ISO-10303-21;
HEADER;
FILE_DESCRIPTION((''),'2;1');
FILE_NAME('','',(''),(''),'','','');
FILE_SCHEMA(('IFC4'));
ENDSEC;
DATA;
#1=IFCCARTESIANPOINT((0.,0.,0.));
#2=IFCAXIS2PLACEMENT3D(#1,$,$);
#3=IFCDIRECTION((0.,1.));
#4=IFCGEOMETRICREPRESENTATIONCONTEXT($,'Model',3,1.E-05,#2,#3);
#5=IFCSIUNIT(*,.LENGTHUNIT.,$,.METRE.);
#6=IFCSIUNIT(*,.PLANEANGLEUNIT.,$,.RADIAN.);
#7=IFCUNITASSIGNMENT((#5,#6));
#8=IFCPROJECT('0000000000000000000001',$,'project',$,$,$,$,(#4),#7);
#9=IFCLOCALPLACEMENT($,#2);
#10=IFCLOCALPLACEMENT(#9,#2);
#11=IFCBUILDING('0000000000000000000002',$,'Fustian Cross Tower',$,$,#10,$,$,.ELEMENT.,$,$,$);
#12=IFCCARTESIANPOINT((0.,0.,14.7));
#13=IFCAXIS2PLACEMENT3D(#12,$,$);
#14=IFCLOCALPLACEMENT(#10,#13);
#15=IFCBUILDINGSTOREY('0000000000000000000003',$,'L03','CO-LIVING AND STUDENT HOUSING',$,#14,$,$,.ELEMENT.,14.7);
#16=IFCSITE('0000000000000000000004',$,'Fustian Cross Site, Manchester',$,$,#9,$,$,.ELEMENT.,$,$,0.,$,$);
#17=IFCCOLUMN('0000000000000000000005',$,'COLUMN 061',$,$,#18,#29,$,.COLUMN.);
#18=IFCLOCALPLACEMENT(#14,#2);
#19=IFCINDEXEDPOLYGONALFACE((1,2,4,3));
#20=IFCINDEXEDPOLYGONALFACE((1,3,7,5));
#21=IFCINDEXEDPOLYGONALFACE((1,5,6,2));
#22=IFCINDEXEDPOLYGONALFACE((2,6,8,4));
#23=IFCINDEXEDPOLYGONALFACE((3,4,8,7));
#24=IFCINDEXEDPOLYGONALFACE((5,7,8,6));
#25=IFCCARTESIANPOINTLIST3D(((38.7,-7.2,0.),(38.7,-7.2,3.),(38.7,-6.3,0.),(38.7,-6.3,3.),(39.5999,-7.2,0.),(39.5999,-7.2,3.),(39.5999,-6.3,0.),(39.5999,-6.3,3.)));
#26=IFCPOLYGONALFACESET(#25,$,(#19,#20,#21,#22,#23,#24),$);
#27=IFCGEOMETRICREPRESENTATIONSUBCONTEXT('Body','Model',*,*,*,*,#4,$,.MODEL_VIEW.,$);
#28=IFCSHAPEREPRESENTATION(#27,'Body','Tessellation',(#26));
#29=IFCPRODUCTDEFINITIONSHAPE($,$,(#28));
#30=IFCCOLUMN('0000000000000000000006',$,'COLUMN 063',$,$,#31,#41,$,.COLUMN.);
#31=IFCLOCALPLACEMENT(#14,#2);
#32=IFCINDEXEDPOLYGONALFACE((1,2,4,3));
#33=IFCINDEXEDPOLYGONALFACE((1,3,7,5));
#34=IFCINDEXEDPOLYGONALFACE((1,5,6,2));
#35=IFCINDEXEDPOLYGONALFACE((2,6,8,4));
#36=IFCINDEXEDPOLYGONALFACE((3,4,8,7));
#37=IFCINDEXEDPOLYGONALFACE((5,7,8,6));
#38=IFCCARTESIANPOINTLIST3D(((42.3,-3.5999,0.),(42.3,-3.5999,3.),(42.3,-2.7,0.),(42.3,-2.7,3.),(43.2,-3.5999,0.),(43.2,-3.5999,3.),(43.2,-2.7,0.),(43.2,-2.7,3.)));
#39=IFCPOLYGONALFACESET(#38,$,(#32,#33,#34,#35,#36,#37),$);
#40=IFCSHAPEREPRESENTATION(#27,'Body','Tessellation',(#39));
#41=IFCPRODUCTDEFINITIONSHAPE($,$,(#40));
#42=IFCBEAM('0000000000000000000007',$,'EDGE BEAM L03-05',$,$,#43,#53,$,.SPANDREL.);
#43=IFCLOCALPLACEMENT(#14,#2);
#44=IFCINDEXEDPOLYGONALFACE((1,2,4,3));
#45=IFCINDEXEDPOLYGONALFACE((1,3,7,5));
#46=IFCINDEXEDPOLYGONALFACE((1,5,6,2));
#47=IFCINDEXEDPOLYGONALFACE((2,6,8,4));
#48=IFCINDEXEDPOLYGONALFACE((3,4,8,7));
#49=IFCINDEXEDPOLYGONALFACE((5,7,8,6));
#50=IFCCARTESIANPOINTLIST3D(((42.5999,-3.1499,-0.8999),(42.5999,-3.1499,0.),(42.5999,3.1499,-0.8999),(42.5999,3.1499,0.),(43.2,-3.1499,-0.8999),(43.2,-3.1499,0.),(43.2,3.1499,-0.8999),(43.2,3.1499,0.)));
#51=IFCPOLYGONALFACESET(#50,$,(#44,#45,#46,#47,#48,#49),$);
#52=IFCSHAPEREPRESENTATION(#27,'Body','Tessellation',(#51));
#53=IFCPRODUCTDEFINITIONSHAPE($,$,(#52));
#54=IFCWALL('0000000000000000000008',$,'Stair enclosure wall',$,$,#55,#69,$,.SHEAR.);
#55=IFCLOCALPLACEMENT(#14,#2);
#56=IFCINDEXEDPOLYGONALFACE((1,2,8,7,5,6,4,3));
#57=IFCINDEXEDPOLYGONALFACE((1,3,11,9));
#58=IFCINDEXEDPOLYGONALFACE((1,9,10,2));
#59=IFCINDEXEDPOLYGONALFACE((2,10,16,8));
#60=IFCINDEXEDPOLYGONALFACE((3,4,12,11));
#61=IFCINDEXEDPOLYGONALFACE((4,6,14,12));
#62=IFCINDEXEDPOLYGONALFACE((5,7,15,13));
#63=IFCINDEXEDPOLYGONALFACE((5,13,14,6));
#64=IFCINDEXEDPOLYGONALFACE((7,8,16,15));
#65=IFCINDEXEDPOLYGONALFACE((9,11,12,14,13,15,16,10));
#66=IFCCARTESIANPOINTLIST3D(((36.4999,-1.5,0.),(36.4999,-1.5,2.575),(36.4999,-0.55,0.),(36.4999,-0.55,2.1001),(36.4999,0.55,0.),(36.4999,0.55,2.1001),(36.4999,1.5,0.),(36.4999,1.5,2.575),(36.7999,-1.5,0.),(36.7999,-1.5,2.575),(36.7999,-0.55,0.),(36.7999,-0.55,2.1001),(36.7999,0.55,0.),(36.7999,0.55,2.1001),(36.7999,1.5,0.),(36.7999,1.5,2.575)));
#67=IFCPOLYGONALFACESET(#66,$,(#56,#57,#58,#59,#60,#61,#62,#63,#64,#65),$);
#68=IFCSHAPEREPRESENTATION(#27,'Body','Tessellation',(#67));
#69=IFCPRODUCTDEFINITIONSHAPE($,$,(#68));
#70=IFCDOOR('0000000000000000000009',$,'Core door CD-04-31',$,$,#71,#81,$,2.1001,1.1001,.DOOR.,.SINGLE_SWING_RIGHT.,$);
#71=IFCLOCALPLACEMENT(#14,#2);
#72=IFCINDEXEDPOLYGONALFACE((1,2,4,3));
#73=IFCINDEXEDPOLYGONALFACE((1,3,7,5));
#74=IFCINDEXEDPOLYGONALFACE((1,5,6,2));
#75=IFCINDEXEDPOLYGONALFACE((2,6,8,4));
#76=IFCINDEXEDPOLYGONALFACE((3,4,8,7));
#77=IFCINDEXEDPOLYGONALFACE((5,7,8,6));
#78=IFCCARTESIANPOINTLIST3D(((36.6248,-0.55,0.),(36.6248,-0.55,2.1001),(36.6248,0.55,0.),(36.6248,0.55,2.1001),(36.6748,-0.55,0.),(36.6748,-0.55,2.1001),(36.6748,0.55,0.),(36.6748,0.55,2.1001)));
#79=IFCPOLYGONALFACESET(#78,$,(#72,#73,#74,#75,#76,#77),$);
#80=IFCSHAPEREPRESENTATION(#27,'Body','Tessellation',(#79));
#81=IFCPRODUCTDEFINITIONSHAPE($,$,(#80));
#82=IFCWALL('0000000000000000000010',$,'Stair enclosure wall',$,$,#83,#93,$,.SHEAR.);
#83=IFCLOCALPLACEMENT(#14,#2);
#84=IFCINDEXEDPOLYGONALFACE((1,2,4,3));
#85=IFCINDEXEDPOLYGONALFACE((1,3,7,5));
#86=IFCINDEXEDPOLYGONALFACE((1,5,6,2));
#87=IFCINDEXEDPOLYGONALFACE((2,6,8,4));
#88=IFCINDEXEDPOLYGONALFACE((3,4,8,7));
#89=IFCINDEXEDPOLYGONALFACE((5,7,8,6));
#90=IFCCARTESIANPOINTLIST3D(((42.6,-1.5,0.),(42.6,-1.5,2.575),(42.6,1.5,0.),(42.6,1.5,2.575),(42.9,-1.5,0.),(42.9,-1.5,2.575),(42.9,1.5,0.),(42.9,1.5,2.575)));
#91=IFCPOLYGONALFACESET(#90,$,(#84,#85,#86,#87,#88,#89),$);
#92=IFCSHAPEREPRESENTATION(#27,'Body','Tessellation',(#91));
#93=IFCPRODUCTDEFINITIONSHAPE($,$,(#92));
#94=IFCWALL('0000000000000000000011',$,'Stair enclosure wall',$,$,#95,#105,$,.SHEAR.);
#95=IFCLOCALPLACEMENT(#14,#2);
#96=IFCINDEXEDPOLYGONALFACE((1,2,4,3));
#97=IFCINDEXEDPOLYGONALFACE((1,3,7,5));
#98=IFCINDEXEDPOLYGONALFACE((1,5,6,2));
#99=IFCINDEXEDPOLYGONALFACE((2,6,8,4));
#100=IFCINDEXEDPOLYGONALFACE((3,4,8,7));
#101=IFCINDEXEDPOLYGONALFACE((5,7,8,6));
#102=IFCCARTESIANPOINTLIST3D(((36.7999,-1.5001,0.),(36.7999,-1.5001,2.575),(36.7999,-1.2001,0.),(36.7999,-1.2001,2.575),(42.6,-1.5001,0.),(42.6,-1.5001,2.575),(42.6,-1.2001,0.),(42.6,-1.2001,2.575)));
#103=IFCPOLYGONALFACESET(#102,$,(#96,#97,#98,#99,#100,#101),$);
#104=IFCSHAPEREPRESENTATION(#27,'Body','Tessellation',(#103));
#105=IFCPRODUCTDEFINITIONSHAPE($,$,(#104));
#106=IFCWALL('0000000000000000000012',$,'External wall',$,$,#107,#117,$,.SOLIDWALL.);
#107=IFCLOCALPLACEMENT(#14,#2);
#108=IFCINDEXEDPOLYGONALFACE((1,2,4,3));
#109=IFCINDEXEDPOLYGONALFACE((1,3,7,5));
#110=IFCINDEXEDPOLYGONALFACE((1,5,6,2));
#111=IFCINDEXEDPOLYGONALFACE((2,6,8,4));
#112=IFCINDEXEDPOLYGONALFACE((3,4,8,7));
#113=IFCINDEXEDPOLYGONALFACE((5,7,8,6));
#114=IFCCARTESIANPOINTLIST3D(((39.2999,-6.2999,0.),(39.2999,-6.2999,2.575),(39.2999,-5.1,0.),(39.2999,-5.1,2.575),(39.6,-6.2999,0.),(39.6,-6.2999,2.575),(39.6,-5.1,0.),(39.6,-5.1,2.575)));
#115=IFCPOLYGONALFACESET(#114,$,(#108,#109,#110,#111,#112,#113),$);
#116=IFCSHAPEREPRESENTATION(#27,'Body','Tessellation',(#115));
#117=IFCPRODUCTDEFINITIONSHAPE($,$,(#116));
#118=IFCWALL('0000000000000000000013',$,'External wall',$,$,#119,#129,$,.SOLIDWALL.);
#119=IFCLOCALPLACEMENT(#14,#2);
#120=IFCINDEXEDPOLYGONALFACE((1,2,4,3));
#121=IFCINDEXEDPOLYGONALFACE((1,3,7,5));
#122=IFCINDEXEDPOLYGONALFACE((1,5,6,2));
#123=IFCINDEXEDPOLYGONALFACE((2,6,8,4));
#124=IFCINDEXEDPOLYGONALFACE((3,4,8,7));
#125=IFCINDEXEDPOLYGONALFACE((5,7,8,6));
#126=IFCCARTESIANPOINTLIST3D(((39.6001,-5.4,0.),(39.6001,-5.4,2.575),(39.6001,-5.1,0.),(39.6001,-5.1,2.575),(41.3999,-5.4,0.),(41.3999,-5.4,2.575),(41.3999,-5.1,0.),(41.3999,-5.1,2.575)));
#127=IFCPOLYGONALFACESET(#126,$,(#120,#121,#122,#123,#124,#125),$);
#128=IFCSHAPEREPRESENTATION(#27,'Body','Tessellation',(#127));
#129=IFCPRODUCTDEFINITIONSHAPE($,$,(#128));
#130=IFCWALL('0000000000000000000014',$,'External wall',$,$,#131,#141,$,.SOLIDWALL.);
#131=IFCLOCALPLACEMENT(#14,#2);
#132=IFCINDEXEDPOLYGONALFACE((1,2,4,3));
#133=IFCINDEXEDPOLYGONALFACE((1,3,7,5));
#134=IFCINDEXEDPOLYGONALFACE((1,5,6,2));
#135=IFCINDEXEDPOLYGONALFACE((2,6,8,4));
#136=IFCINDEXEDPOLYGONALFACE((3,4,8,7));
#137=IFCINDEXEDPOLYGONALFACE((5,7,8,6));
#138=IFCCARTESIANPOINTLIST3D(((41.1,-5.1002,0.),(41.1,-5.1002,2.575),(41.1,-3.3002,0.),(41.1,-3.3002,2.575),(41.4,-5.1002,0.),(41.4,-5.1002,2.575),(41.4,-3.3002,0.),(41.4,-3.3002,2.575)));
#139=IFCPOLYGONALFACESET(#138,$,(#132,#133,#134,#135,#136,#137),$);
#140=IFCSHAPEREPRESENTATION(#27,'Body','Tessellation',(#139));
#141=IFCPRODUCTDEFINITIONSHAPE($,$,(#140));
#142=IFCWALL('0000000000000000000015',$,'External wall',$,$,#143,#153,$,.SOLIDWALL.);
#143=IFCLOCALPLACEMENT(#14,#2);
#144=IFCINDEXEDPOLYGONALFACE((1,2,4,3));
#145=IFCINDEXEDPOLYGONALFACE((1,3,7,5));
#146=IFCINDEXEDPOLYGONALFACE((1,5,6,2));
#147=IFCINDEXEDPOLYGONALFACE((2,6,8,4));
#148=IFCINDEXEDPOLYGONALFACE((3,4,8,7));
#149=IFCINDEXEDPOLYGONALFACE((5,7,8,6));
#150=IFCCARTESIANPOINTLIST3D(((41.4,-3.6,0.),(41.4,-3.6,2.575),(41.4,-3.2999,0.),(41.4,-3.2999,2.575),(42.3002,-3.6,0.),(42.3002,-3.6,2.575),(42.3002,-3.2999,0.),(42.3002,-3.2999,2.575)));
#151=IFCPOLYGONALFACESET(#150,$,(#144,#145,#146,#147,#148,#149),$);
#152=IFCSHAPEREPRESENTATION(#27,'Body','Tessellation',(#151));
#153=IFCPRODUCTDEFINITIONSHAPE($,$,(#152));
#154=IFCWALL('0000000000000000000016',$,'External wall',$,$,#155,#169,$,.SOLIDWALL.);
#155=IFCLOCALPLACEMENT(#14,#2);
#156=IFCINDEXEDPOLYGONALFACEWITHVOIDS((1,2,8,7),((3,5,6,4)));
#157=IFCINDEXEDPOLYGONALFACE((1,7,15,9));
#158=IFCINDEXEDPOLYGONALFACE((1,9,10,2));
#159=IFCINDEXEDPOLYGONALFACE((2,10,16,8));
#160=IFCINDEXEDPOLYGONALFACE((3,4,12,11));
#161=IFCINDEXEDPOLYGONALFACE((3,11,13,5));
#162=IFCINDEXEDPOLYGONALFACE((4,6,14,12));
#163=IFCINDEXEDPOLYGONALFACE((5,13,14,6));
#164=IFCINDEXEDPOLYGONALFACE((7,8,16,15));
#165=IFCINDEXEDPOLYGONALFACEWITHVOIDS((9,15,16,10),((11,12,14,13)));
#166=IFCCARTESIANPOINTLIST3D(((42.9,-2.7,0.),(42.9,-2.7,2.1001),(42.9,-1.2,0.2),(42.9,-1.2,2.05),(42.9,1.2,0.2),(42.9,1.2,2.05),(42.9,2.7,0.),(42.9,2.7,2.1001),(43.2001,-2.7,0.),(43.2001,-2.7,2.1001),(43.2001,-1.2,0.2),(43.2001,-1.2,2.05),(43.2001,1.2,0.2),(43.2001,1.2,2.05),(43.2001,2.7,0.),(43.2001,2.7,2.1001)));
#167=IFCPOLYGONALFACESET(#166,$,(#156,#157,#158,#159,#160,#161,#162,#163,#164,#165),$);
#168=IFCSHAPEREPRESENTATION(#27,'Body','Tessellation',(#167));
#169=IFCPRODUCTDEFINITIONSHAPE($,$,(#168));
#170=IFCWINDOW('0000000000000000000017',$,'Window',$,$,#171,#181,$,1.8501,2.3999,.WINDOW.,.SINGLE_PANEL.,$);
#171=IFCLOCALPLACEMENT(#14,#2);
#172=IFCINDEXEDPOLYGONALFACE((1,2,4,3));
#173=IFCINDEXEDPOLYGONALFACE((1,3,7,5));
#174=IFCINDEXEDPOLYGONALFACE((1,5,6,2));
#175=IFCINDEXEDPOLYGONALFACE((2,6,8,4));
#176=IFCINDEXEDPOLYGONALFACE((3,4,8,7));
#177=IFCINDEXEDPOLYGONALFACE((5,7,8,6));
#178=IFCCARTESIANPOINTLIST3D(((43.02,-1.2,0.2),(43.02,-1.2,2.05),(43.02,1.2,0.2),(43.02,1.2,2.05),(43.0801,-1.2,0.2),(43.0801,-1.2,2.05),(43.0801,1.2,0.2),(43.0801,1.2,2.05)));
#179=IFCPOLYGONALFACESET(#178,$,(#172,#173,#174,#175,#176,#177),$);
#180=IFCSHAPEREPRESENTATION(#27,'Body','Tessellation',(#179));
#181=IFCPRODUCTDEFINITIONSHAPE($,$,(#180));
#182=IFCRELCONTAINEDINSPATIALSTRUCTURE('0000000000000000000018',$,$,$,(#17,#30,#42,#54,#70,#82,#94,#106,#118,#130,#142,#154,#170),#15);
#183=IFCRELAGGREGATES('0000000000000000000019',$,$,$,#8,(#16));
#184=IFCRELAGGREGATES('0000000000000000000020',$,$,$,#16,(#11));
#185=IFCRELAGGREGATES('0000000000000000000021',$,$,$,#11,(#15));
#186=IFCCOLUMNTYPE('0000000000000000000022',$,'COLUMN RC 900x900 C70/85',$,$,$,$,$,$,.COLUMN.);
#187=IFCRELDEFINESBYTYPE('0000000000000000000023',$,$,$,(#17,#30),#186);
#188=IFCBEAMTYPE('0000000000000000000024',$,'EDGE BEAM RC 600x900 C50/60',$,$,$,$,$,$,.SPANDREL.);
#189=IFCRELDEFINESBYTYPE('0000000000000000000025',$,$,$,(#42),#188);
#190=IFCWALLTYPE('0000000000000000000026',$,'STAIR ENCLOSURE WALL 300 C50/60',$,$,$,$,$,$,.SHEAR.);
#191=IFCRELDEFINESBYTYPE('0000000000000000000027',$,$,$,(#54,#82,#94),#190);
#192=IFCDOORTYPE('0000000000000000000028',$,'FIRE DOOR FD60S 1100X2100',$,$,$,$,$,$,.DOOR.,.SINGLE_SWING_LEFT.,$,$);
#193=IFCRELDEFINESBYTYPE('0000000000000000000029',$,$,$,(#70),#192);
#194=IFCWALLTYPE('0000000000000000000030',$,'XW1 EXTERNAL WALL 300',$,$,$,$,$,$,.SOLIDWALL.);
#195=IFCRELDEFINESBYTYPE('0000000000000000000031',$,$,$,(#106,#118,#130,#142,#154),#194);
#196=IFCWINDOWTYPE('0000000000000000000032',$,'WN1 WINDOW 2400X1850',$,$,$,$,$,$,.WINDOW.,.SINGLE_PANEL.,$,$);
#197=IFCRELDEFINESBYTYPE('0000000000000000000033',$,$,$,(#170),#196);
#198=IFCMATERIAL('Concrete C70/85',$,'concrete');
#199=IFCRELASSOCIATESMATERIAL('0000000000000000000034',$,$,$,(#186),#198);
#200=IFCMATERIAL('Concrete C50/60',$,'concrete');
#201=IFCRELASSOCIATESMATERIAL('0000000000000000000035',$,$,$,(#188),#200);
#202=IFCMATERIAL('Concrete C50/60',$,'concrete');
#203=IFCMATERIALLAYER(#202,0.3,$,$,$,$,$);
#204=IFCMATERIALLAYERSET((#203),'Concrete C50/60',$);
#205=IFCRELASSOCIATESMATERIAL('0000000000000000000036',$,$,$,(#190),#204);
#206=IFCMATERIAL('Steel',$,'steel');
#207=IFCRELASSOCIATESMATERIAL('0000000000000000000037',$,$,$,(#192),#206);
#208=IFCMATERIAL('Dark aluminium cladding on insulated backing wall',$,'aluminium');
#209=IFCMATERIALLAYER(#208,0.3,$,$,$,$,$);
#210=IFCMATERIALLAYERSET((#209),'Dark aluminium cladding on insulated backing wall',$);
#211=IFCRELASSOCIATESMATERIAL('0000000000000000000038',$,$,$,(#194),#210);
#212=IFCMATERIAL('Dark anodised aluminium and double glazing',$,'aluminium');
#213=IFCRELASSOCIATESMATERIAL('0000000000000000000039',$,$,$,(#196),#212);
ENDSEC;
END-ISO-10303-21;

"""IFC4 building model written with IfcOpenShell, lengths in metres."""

from ifc_helpers import new_model, si_unit, direction, frame, frame_2d, origin, origin_2d, place, context, subcontext, project, spatial, rectangle, extrude, material, layer, layer_set, material_profile, profile_set, type_object, element, fill, save


model = new_model("IFC4")

# Units and contexts
model_context = context("Model", 3, precision=1e-05, world=origin(), true_north=direction((0.0, 1.0)))
body_context = subcontext(model_context, "Body", "Model", "MODEL_VIEW")
ifc_project = project(units=[si_unit("LENGTHUNIT", "METRE"), si_unit("PLANEANGLEUNIT", "RADIAN")], contexts=[model_context])

# Site, building, storey
site_placement = place(None, origin())
site = spatial("IfcSite", under=ifc_project, at=site_placement, Name="Fustian Cross Site, Manchester", CompositionType="ELEMENT", RefElevation=0.0)
building_placement = place(site_placement, origin())
building = spatial("IfcBuilding", under=site, at=building_placement, Name="Fustian Cross Tower", CompositionType="ELEMENT")
storey_placement = place(building_placement, frame((0.0, 0.0, 14.7)))
storey = spatial("IfcBuildingStorey", under=building, at=storey_placement, Name="L03", Description="CO-LIVING AND STUDENT HOUSING", CompositionType="ELEMENT", Elevation=14.7)

# Columns
ifc_material_1 = material(Name="Concrete C70/85", Category="concrete")
ifc_material_profile_1 = material_profile(ifc_material_1, rectangle(XDim=0.8999, YDim=0.8999, at=origin_2d()), Name="RC 900x900")
ifc_profile_set_1 = profile_set([ifc_material_profile_1], Name="Concrete C70/85")
column_type = type_object("IfcColumnType", Name="COLUMN RC 900x900 C70/85", PredefinedType="COLUMN", material=ifc_profile_set_1)
for number, where, z_axis, x_axis, name in (
    (1, (39.1499, -6.75, 0.0), (0.0, 0.0, 1.0), (1.0, 0.0, 0.0), "COLUMN 061"),
    (2, (42.75, -3.1499, 0.0), (0.0, 0.0, 1.0), (1.0, 0.0, 0.0), "COLUMN 063"),
):
    element("IfcColumn", number, at=place(storey_placement, frame(where, z_axis=z_axis, x_axis=x_axis)), inside=storey, type_object=column_type, Name=name, PredefinedType="COLUMN", context=body_context, shape_type="SweptSolid", body=[
        extrude(rectangle(XDim=0.8999, YDim=0.8999, at=origin_2d()), origin(), (0.0, 0.0, 1.0), 3.0),
    ])

# Beam
ifc_material_2 = material(Name="Concrete C50/60", Category="concrete")
ifc_material_profile_2 = material_profile(ifc_material_2, rectangle(XDim=0.6001, YDim=0.8999, at=origin_2d()), Name="RC 600x900")
ifc_profile_set_2 = profile_set([ifc_material_profile_2], Name="Concrete C50/60")
beam_type = type_object("IfcBeamType", Name="EDGE BEAM RC 600x900 C50/60", PredefinedType="SPANDREL", material=ifc_profile_set_2)
beam_placement = place(storey_placement, frame((42.8999, -3.1499, -0.45), z_axis=(0.0, 1.0, 0.0), x_axis=(-1.0, 0.0, 0.0)))
element("IfcBeam", 3, at=beam_placement, inside=storey, type_object=beam_type, Name="EDGE BEAM L03-05", PredefinedType="SPANDREL", context=body_context, shape_type="SweptSolid", body=[
    extrude(rectangle(XDim=0.6001, YDim=0.8999, at=origin_2d()), origin(), (0.0, 0.0, 1.0), 6.2998),
])

# Wall, opening, door
ifc_material_3 = material(Name="Concrete C50/60", Category="concrete")
ifc_layer_1 = layer(ifc_material_3, 0.3)
ifc_layer_set_1 = layer_set([ifc_layer_1], Name="Concrete C50/60")
wall_type_1 = type_object("IfcWallType", Name="STAIR ENCLOSURE WALL 300 C50/60", PredefinedType="SHEAR", material=ifc_layer_set_1)
wall_1_placement = place(storey_placement, frame((36.6499, -1.5, 0.0), z_axis=(0.0, 0.0, 1.0), x_axis=(0.0, 1.0, 0.0)))
wall_1 = element("IfcWall", 4, at=wall_1_placement, inside=storey, type_object=wall_type_1, Name="Stair enclosure wall", PredefinedType="SHEAR", context=body_context, shape_type="SweptSolid", body=[
    extrude(rectangle(XDim=3.0, YDim=0.3, at=frame_2d((1.5, 0.0))), origin(), (0.0, 0.0, 1.0), 2.575),
])
opening_1_placement = place(wall_1_placement, frame((0.95, 0.0, 0.0)))
opening_1 = element("IfcOpeningElement", 5, at=opening_1_placement, cuts=wall_1, PredefinedType="OPENING", context=body_context, shape_type="SweptSolid", body=[
    extrude(rectangle(XDim=1.1001, YDim=2.1001, at=frame_2d((0.55, 1.05))), frame((0.0, 0.1599, 0.0), z_axis=(0.0, -1.0, 0.0), x_axis=(1.0, 0.0, 0.0)), (0.0, 0.0, 1.0), 0.3201),
])
ifc_material_4 = material(Name="Steel", Category="steel")
door_type = type_object("IfcDoorType", Name="FIRE DOOR FD60S 1100X2100", OperationType="SINGLE_SWING_LEFT", PredefinedType="DOOR", material=ifc_material_4)
door_placement = place(opening_1_placement, frame((1.1001, 0.0, 0.0), z_axis=(0.0, 0.0, 1.0), x_axis=(-1.0, 0.0, 0.0)))
door = element("IfcDoor", 6, at=door_placement, inside=storey, type_object=door_type, Name="Core door CD-04-31", OperationType="SINGLE_SWING_RIGHT", OverallHeight=2.1001, OverallWidth=1.1001, PredefinedType="DOOR", context=body_context, shape_type="SweptSolid", body=[
    extrude(rectangle(XDim=1.1001, YDim=2.1001, at=frame_2d((0.55, 1.05))), frame((0.0, 0.0249, 0.0), z_axis=(0.0, -1.0, 0.0), x_axis=(1.0, 0.0, 0.0)), (0.0, 0.0, 1.0), 0.05),
])
fill(opening_1, door)

# Walls
wall_2_placement = place(storey_placement, frame((42.75, -1.5, 0.0), z_axis=(0.0, 0.0, 1.0), x_axis=(0.0, 1.0, 0.0)))
element("IfcWall", 7, at=wall_2_placement, inside=storey, type_object=wall_type_1, Name="Stair enclosure wall", PredefinedType="SHEAR", context=body_context, shape_type="SweptSolid", body=[
    extrude(rectangle(XDim=3.0, YDim=0.3, at=frame_2d((1.5, 0.0))), origin(), (0.0, 0.0, 1.0), 2.575),
])
wall_3_placement = place(storey_placement, frame((36.8, -1.3501, 0.0), z_axis=(0.0, 0.0, 1.0), x_axis=(1.0, 0.0, 0.0)))
element("IfcWall", 8, at=wall_3_placement, inside=storey, type_object=wall_type_1, Name="Stair enclosure wall", PredefinedType="SHEAR", context=body_context, shape_type="SweptSolid", body=[
    extrude(rectangle(XDim=5.8, YDim=0.3, at=frame_2d((2.8999, 0.0))), origin(), (0.0, 0.0, 1.0), 2.575),
])
ifc_material_5 = material(Name="Dark aluminium cladding on insulated backing wall", Category="aluminium")
ifc_layer_2 = layer(ifc_material_5, 0.3)
ifc_layer_set_2 = layer_set([ifc_layer_2], Name="Dark aluminium cladding on insulated backing wall")
wall_type_2 = type_object("IfcWallType", Name="XW1 EXTERNAL WALL 300", PredefinedType="SOLIDWALL", material=ifc_layer_set_2)
wall_4_placement = place(storey_placement, frame((39.45, -6.3, 0.0), z_axis=(0.0, 0.0, 1.0), x_axis=(0.0, 1.0, 0.0)))
element("IfcWall", 9, at=wall_4_placement, inside=storey, type_object=wall_type_2, Name="External wall", PredefinedType="SOLIDWALL", context=body_context, shape_type="SweptSolid", body=[
    extrude(rectangle(XDim=1.2, YDim=0.3, at=frame_2d((0.6001, 0.0))), origin(), (0.0, 0.0, 1.0), 2.575),
])
wall_5_placement = place(storey_placement, frame((39.6001, -5.25, 0.0), z_axis=(0.0, 0.0, 1.0), x_axis=(1.0, 0.0, 0.0)))
element("IfcWall", 10, at=wall_5_placement, inside=storey, type_object=wall_type_2, Name="External wall", PredefinedType="SOLIDWALL", context=body_context, shape_type="SweptSolid", body=[
    extrude(rectangle(XDim=1.7998, YDim=0.3, at=frame_2d((0.8999, 0.0))), origin(), (0.0, 0.0, 1.0), 2.575),
])
wall_6_placement = place(storey_placement, frame((41.25, -5.1001, 0.0), z_axis=(0.0, 0.0, 1.0), x_axis=(0.0, 1.0, 0.0)))
element("IfcWall", 11, at=wall_6_placement, inside=storey, type_object=wall_type_2, Name="External wall", PredefinedType="SOLIDWALL", context=body_context, shape_type="SweptSolid", body=[
    extrude(rectangle(XDim=1.8, YDim=0.3, at=frame_2d((0.8999, 0.0))), origin(), (0.0, 0.0, 1.0), 2.575),
])
wall_7_placement = place(storey_placement, frame((41.3999, -3.45, 0.0), z_axis=(0.0, 0.0, 1.0), x_axis=(1.0, 0.0, 0.0)))
element("IfcWall", 12, at=wall_7_placement, inside=storey, type_object=wall_type_2, Name="External wall", PredefinedType="SOLIDWALL", context=body_context, shape_type="SweptSolid", body=[
    extrude(rectangle(XDim=0.9001, YDim=0.3, at=frame_2d((0.4502, 0.0))), origin(), (0.0, 0.0, 1.0), 2.575),
])

# Wall, opening, window
wall_8_placement = place(storey_placement, frame((43.05, -2.7, 0.0), z_axis=(0.0, 0.0, 1.0), x_axis=(0.0, 1.0, 0.0)))
wall_8 = element("IfcWall", 13, at=wall_8_placement, inside=storey, type_object=wall_type_2, Name="External wall", PredefinedType="SOLIDWALL", context=body_context, shape_type="SweptSolid", body=[
    extrude(rectangle(XDim=5.3999, YDim=0.3, at=frame_2d((2.7, 0.0))), origin(), (0.0, 0.0, 1.0), 2.1001),
])
opening_2_placement = place(wall_8_placement, frame((1.5, 0.0, 0.2)))
opening_2 = element("IfcOpeningElement", 14, at=opening_2_placement, cuts=wall_8, PredefinedType="OPENING", context=body_context, shape_type="SweptSolid", body=[
    extrude(rectangle(XDim=2.3999, YDim=1.8501, at=frame_2d((1.2, 0.925))), frame((0.0, 0.1599, 0.0), z_axis=(0.0, -1.0, 0.0), x_axis=(1.0, 0.0, 0.0)), (0.0, 0.0, 1.0), 0.3201),
])
ifc_material_6 = material(Name="Dark anodised aluminium and double glazing", Category="aluminium")
window_type = type_object("IfcWindowType", Name="WN1 WINDOW 2400X1850", PartitioningType="SINGLE_PANEL", PredefinedType="WINDOW", material=ifc_material_6)
window_placement = place(opening_2_placement, origin())
window = element("IfcWindow", 15, at=window_placement, inside=storey, type_object=window_type, Name="Window", OverallHeight=1.8501, OverallWidth=2.3999, PartitioningType="SINGLE_PANEL", PredefinedType="WINDOW", context=body_context, shape_type="SweptSolid", body=[
    extrude(rectangle(XDim=2.3999, YDim=1.8501, at=frame_2d((1.2, 0.925))), frame((0.0, 0.03, 0.0), z_axis=(0.0, -1.0, 0.0), x_axis=(1.0, 0.0, 0.0)), (0.0, 0.0, 1.0), 0.0601),
])
fill(opening_2, window)

save(model, "model.ifc")
